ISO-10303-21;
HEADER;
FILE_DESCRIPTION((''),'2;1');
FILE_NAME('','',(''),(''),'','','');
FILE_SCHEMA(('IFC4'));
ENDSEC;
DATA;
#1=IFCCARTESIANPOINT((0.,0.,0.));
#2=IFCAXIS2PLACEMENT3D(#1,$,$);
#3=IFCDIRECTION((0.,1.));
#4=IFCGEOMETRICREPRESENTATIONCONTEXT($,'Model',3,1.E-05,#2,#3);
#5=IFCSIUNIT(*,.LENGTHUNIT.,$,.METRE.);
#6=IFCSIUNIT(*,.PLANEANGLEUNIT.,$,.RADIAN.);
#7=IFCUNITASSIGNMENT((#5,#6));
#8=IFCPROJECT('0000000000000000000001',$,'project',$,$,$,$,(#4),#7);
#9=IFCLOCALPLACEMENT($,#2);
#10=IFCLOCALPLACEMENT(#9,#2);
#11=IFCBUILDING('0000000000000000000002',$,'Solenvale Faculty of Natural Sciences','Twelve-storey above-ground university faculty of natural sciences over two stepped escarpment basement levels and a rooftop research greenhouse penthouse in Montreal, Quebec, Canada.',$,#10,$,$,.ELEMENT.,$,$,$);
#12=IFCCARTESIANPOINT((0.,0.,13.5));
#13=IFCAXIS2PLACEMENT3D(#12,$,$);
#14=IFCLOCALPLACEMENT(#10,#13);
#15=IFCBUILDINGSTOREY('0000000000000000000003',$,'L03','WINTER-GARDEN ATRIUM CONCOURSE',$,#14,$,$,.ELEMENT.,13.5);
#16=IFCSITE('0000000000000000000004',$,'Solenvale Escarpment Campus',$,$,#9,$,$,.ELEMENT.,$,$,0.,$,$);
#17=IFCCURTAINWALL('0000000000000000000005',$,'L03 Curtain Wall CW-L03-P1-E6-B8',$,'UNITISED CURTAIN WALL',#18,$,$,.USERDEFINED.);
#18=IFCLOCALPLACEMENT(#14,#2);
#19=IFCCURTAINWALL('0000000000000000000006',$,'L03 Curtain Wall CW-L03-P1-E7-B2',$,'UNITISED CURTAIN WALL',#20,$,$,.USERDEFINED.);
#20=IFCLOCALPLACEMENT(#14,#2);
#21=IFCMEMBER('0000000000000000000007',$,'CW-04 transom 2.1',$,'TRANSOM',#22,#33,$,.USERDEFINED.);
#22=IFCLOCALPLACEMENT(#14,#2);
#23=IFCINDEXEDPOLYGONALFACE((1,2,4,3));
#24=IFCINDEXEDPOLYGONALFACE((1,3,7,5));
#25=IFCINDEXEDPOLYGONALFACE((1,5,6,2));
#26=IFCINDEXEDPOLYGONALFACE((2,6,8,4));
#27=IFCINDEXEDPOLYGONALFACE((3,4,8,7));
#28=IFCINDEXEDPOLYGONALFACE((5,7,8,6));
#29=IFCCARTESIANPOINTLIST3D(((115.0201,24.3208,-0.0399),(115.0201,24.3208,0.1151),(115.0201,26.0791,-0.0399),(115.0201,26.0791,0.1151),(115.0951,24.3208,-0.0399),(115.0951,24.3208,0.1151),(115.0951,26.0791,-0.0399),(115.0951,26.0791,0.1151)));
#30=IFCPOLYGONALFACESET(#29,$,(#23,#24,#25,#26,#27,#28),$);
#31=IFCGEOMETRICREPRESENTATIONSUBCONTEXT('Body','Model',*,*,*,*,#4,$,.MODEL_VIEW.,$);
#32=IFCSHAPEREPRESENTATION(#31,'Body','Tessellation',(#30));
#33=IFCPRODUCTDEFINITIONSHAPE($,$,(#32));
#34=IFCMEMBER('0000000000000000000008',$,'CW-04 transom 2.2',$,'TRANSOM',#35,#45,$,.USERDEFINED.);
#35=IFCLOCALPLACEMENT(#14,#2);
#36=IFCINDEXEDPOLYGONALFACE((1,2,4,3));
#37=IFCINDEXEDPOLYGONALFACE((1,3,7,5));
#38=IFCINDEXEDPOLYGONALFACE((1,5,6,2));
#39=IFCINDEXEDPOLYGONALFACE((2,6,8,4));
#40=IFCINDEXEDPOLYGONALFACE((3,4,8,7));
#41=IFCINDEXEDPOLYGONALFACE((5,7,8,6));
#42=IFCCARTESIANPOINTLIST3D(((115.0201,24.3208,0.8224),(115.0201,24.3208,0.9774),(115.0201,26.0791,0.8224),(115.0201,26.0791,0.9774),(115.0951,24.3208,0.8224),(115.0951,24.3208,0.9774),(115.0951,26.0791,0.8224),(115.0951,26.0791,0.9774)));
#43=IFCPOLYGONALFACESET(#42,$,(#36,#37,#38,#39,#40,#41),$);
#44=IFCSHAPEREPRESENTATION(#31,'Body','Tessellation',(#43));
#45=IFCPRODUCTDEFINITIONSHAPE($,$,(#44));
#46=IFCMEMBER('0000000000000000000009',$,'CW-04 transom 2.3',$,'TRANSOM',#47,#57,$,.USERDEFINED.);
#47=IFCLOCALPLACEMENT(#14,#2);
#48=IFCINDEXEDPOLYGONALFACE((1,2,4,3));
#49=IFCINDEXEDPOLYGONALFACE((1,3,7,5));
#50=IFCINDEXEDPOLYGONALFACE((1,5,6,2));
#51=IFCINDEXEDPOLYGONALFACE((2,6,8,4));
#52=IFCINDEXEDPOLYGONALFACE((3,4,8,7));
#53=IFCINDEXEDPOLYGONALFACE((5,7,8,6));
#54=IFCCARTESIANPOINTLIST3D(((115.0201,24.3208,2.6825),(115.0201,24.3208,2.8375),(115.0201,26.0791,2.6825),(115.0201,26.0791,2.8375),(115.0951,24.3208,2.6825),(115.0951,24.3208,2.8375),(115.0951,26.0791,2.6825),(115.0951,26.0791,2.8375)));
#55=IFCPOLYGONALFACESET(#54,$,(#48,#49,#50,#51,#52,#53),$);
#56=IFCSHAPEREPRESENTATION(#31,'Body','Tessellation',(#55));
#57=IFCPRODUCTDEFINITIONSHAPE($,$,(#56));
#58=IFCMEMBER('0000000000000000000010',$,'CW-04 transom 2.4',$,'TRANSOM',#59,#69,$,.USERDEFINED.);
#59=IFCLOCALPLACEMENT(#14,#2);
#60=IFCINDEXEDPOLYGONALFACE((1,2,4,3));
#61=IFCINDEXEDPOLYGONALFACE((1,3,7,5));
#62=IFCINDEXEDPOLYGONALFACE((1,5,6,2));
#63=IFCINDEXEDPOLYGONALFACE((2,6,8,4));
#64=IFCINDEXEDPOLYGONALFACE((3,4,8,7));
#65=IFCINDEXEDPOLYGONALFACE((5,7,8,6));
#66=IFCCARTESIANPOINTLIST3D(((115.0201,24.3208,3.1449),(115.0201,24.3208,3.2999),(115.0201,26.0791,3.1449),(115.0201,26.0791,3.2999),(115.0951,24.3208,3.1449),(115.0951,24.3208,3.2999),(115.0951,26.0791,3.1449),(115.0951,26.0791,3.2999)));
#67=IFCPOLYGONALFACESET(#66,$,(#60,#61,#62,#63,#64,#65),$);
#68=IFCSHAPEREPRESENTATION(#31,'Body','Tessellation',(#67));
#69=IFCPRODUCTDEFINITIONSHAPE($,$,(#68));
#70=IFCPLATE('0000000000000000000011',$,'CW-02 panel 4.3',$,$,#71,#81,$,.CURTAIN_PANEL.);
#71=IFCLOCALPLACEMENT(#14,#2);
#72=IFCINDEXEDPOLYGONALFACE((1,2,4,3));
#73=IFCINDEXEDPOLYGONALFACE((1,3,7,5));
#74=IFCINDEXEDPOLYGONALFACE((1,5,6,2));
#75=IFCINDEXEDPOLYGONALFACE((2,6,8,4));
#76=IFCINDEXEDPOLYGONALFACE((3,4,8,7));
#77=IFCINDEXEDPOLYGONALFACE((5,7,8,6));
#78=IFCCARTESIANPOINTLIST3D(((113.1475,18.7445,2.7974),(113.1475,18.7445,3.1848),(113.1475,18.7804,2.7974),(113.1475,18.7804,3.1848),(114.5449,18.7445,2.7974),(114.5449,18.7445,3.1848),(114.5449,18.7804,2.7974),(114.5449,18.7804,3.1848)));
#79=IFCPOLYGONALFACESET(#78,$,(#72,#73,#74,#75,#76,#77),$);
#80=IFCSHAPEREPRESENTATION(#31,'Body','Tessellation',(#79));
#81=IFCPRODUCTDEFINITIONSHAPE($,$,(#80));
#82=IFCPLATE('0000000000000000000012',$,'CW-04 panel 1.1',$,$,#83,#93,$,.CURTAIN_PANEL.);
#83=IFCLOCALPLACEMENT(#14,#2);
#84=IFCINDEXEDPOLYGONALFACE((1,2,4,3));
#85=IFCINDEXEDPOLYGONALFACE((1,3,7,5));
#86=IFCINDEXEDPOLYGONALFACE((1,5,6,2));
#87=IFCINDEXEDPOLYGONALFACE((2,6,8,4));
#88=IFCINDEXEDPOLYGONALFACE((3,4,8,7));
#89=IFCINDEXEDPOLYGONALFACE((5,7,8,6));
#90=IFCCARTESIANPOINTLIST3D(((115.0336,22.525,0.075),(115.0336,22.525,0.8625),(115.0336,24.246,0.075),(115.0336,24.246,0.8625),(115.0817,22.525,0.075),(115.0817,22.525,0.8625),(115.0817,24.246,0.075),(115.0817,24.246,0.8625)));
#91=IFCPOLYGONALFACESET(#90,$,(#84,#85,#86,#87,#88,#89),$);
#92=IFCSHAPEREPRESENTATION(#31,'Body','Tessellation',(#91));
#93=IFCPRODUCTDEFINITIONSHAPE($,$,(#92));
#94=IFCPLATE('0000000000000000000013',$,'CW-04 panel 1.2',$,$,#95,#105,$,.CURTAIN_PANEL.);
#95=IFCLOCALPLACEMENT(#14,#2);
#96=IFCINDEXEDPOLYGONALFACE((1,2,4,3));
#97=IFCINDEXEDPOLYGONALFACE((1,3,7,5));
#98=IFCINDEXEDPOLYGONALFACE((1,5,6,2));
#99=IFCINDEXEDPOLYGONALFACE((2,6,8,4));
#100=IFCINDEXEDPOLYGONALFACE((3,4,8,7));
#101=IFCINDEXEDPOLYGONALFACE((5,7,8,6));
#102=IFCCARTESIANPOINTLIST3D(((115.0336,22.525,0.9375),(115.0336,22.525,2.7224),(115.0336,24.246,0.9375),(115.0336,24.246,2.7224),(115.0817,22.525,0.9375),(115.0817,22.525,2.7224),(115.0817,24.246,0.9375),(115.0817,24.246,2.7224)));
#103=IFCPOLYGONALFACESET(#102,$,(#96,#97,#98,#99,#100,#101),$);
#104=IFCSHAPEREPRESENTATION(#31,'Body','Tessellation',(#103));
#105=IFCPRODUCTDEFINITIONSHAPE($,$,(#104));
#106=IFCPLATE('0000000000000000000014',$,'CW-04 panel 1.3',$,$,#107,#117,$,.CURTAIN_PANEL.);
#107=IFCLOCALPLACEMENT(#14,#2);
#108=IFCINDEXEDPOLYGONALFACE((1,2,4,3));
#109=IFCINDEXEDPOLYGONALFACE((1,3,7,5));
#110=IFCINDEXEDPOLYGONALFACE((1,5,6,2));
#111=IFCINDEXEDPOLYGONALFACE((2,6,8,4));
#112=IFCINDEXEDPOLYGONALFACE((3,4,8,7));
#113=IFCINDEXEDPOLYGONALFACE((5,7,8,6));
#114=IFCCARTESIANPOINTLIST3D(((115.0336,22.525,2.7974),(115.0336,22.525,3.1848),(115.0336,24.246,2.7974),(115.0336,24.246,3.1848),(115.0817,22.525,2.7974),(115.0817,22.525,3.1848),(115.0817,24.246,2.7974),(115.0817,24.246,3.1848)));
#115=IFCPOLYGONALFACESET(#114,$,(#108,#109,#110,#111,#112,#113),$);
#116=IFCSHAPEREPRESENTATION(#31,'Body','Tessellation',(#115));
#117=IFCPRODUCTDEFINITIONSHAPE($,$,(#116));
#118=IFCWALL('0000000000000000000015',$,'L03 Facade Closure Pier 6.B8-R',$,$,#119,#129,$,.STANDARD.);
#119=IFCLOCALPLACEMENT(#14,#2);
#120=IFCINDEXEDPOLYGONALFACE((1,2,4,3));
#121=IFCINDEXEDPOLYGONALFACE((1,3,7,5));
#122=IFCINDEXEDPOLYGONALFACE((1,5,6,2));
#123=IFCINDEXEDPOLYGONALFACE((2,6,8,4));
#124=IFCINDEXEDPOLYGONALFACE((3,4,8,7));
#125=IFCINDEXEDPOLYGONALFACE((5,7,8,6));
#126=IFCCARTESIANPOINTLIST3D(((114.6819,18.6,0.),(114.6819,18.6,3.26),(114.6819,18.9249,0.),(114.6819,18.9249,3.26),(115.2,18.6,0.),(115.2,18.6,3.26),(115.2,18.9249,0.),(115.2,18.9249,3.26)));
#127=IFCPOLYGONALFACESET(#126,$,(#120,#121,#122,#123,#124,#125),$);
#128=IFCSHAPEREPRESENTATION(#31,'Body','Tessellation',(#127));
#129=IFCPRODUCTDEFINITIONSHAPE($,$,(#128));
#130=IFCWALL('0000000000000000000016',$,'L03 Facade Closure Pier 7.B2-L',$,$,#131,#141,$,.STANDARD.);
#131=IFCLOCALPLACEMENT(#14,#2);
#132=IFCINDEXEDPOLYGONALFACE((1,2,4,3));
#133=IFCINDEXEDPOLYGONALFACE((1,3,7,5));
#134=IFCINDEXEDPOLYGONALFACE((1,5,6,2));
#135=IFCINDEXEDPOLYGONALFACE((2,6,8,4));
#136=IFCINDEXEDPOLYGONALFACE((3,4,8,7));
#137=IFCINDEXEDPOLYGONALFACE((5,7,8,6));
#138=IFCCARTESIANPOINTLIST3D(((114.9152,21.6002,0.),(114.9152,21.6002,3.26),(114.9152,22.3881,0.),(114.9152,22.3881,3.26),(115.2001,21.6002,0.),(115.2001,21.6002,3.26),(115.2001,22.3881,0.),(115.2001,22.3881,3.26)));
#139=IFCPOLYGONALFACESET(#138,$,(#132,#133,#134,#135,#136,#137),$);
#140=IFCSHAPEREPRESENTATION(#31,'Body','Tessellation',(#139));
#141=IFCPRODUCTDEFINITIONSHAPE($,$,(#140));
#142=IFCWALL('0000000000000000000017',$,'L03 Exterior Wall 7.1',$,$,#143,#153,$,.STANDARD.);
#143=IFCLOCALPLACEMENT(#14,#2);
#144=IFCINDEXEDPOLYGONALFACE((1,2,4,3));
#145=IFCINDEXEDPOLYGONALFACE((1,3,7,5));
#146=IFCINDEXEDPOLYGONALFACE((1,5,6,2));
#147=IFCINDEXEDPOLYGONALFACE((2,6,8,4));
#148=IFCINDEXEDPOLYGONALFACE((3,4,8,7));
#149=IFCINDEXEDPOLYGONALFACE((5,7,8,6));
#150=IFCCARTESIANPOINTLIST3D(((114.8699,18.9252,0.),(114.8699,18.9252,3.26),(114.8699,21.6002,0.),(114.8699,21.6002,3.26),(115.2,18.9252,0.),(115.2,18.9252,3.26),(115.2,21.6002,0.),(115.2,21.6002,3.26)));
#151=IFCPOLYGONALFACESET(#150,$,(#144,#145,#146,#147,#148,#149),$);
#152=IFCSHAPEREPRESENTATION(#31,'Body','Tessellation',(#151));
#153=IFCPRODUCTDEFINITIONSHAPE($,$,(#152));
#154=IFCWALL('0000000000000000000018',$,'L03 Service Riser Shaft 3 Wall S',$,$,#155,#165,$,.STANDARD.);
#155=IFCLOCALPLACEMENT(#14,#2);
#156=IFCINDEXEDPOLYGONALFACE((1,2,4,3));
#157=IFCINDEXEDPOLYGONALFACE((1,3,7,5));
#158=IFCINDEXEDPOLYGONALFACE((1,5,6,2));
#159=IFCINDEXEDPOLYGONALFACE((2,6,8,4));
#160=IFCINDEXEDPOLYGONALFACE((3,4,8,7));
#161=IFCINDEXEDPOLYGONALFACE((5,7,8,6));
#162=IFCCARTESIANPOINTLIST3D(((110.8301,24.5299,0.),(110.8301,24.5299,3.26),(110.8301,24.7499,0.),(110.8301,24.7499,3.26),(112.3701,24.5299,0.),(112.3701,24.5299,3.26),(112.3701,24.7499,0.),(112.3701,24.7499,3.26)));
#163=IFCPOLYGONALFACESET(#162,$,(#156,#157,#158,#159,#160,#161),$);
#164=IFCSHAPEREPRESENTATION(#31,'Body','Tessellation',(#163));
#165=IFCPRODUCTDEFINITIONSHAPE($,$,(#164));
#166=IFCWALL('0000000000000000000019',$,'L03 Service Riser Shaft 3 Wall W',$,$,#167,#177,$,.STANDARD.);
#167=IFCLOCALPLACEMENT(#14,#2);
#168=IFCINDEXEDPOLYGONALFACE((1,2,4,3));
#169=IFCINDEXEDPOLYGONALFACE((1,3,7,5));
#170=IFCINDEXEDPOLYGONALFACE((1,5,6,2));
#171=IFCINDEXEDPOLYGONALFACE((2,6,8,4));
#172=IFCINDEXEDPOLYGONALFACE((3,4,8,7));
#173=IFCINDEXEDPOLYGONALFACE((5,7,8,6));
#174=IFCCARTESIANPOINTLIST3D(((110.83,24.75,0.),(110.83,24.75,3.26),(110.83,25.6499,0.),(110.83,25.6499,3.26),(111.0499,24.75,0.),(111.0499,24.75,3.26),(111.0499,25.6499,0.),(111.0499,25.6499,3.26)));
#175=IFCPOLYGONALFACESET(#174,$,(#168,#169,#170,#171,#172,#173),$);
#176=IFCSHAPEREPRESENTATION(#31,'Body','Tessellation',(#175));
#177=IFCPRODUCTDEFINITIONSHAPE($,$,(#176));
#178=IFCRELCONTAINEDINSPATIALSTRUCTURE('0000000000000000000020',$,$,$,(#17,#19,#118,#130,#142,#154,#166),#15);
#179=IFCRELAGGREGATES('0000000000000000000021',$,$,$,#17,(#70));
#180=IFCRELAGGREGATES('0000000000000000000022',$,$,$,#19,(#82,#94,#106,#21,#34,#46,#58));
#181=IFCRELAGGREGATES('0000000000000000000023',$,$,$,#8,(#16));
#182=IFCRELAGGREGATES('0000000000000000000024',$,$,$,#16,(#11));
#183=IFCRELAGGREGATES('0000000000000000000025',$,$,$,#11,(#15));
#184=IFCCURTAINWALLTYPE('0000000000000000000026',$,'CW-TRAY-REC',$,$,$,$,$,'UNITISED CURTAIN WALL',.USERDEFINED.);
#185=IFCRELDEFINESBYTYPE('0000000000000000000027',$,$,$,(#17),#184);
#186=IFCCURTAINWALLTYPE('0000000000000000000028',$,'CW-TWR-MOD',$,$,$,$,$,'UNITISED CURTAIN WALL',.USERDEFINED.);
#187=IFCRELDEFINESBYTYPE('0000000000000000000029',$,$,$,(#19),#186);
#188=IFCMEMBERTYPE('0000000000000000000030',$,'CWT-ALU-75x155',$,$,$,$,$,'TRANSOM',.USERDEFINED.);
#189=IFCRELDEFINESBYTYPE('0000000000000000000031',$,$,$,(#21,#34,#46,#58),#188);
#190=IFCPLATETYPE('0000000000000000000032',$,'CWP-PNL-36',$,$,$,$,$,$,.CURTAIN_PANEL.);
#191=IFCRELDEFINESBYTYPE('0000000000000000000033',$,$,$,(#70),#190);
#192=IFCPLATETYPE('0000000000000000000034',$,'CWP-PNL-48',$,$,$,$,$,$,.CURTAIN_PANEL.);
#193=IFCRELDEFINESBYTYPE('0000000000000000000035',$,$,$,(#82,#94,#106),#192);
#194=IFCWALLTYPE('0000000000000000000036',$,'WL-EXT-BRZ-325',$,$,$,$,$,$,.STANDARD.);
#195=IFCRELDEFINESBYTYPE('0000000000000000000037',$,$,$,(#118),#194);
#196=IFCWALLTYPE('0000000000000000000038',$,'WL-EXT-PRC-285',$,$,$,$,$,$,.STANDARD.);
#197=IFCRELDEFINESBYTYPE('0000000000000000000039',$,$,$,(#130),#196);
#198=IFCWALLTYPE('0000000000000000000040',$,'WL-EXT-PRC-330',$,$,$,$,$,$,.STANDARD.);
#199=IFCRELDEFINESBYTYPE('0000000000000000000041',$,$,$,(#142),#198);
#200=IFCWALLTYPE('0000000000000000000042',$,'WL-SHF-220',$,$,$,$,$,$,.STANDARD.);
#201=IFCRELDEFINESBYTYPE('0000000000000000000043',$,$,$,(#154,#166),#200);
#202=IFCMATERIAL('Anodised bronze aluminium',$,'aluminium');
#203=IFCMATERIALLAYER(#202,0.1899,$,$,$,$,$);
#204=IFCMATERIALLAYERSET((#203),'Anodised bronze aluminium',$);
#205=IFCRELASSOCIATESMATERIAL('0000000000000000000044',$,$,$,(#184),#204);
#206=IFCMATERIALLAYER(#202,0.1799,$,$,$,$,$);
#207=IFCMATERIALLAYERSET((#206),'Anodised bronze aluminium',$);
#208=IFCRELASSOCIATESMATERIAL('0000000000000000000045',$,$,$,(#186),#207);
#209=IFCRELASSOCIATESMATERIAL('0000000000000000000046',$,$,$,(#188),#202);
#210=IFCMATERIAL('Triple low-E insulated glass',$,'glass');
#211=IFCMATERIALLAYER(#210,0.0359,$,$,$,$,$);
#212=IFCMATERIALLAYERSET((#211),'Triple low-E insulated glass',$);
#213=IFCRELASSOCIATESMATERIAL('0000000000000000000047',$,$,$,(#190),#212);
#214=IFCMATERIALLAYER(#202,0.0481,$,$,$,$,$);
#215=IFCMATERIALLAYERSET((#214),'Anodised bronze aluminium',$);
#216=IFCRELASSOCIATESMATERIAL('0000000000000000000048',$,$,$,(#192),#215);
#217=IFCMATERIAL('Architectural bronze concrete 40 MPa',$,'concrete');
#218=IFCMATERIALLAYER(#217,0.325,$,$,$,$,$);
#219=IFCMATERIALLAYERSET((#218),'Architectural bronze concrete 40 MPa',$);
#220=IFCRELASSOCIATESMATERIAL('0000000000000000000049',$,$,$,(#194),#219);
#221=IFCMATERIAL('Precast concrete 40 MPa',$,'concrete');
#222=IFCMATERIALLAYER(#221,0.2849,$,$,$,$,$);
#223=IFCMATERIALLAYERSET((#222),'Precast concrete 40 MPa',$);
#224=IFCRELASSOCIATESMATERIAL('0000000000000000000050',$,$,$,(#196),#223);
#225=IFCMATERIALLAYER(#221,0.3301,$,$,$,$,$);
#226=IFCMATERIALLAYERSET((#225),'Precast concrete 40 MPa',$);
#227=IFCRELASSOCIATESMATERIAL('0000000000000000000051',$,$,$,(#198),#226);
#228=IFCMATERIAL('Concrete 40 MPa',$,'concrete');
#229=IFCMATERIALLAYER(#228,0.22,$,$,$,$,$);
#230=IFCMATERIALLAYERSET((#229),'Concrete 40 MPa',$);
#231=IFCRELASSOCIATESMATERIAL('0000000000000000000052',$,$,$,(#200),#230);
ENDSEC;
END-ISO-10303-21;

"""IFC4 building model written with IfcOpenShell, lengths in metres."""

from ifc_helpers import new_model, si_unit, direction, frame, frame_2d, origin, origin_2d, place, context, subcontext, project, spatial, rectangle, extrude, material, layer, layer_set, material_profile, profile_set, type_object, element, aggregate, save


model = new_model("IFC4")

# Units and contexts
model_context = context("Model", 3, precision=1e-05, world=origin(), true_north=direction((0.0, 1.0)))
body_context = subcontext(model_context, "Body", "Model", "MODEL_VIEW")
ifc_project = project(units=[si_unit("LENGTHUNIT", "METRE"), si_unit("PLANEANGLEUNIT", "RADIAN")], contexts=[model_context])

# Site, building, storey
site_placement = place(None, origin())
site = spatial("IfcSite", under=ifc_project, at=site_placement, Name="Solenvale Escarpment Campus", CompositionType="ELEMENT", RefElevation=0.0)
building_placement = place(site_placement, origin())
building = spatial("IfcBuilding", under=site, at=building_placement, Name="Solenvale Faculty of Natural Sciences", Description="Twelve-storey above-ground university faculty of natural sciences over two stepped escarpment basement levels and a rooftop research greenhouse penthouse in Montreal, Quebec, Canada.", CompositionType="ELEMENT")
storey_placement = place(building_placement, frame((0.0, 0.0, 13.5)))
storey = spatial("IfcBuildingStorey", under=building, at=storey_placement, Name="L03", Description="WINTER-GARDEN ATRIUM CONCOURSE", CompositionType="ELEMENT", Elevation=13.5)

# Shared definitions
ifc_material_1 = material(Name="Concrete 40 MPa", Category="concrete")

# Curtain wall
ifc_material_2 = material(Name="Anodised bronze aluminium", Category="aluminium")
ifc_layer_1 = layer(ifc_material_2, 0.1899)
ifc_layer_set_1 = layer_set([ifc_layer_1], Name="Anodised bronze aluminium")
curtain_wall_type_1 = type_object("IfcCurtainWallType", Name="CW-TRAY-REC", ElementType="UNITISED CURTAIN WALL", PredefinedType="USERDEFINED", material=ifc_layer_set_1)
curtain_wall_1_placement = place(storey_placement, origin())
curtain_wall_1 = element("IfcCurtainWall", 1, at=curtain_wall_1_placement, inside=storey, type_object=curtain_wall_type_1, Name="L03 Curtain Wall CW-L03-P1-E6-B8", ObjectType="UNITISED CURTAIN WALL", PredefinedType="USERDEFINED")

# Curtain wall, members
ifc_layer_2 = layer(ifc_material_2, 0.1799)
ifc_layer_set_2 = layer_set([ifc_layer_2], Name="Anodised bronze aluminium")
curtain_wall_type_2 = type_object("IfcCurtainWallType", Name="CW-TWR-MOD", ElementType="UNITISED CURTAIN WALL", PredefinedType="USERDEFINED", material=ifc_layer_set_2)
curtain_wall_2_placement = place(storey_placement, origin())
curtain_wall_2 = element("IfcCurtainWall", 2, at=curtain_wall_2_placement, inside=storey, type_object=curtain_wall_type_2, Name="L03 Curtain Wall CW-L03-P1-E7-B2", ObjectType="UNITISED CURTAIN WALL", PredefinedType="USERDEFINED")
ifc_material_profile_1 = material_profile(ifc_material_2, rectangle(XDim=0.075, YDim=0.155, at=origin_2d()), Name="ALU-TRN-75x155")
ifc_profile_set_1 = profile_set([ifc_material_profile_1], Name="Anodised bronze aluminium")
member_type_1 = type_object("IfcMemberType", Name="CWT-ALU-75x155", ElementType="TRANSOM", PredefinedType="USERDEFINED", material=ifc_profile_set_1)
member_1_placement = place(storey_placement, frame((115.0576, 24.3208, 0.0376), z_axis=(0.0, 1.0, 0.0), x_axis=(-1.0, 0.0, 0.0)))
member_1 = element("IfcMember", 3, at=member_1_placement, type_object=member_type_1, Name="CW-04 transom 2.1", ObjectType="TRANSOM", PredefinedType="USERDEFINED", context=body_context, shape_type="SweptSolid", body=[
    extrude(rectangle(XDim=0.075, YDim=0.155, at=origin_2d()), origin(), (0.0, 0.0, 1.0), 1.7583),
])
member_2_placement = place(storey_placement, frame((115.0576, 24.3208, 0.8999), z_axis=(0.0, 1.0, 0.0), x_axis=(-1.0, 0.0, 0.0)))
member_2 = element("IfcMember", 4, at=member_2_placement, type_object=member_type_1, Name="CW-04 transom 2.2", ObjectType="TRANSOM", PredefinedType="USERDEFINED", context=body_context, shape_type="SweptSolid", body=[
    extrude(rectangle(XDim=0.075, YDim=0.155, at=origin_2d()), origin(), (0.0, 0.0, 1.0), 1.7583),
])
member_3_placement = place(storey_placement, frame((115.0576, 24.3208, 2.76), z_axis=(0.0, 1.0, 0.0), x_axis=(-1.0, 0.0, 0.0)))
member_3 = element("IfcMember", 5, at=member_3_placement, type_object=member_type_1, Name="CW-04 transom 2.3", ObjectType="TRANSOM", PredefinedType="USERDEFINED", context=body_context, shape_type="SweptSolid", body=[
    extrude(rectangle(XDim=0.075, YDim=0.155, at=origin_2d()), origin(), (0.0, 0.0, 1.0), 1.7583),
])
member_4_placement = place(storey_placement, frame((115.0576, 24.3208, 3.2224), z_axis=(0.0, 1.0, 0.0), x_axis=(-1.0, 0.0, 0.0)))
member_4 = element("IfcMember", 6, at=member_4_placement, type_object=member_type_1, Name="CW-04 transom 2.4", ObjectType="TRANSOM", PredefinedType="USERDEFINED", context=body_context, shape_type="SweptSolid", body=[
    extrude(rectangle(XDim=0.075, YDim=0.155, at=origin_2d()), origin(), (0.0, 0.0, 1.0), 1.7583),
])

# Plates
ifc_material_3 = material(Name="Triple low-E insulated glass", Category="glass")
ifc_layer_3 = layer(ifc_material_3, 0.0359)
ifc_layer_set_3 = layer_set([ifc_layer_3], Name="Triple low-E insulated glass")
plate_type_1 = type_object("IfcPlateType", Name="CWP-PNL-36", PredefinedType="CURTAIN_PANEL", material=ifc_layer_set_3)
plate_1_placement = place(storey_placement, frame((113.8462, 18.7625, 2.7974), z_axis=(0.0, 0.0, 1.0), x_axis=(1.0, 0.0, 0.0)))
plate_1 = element("IfcPlate", 7, at=plate_1_placement, type_object=plate_type_1, Name="CW-02 panel 4.3", PredefinedType="CURTAIN_PANEL", context=body_context, shape_type="SweptSolid", body=[
    extrude(rectangle(XDim=1.3975, YDim=0.0359, at=origin_2d()), origin(), (0.0, 0.0, 1.0), 0.3875),
])
aggregate(curtain_wall_1, [plate_1])
ifc_layer_4 = layer(ifc_material_2, 0.0481)
ifc_layer_set_4 = layer_set([ifc_layer_4], Name="Anodised bronze aluminium")
plate_type_2 = type_object("IfcPlateType", Name="CWP-PNL-48", PredefinedType="CURTAIN_PANEL", material=ifc_layer_set_4)
plate_2_placement = place(storey_placement, frame((115.0576, 23.3855, 0.075), z_axis=(0.0, 0.0, 1.0), x_axis=(0.0, 1.0, 0.0)))
plate_2 = element("IfcPlate", 8, at=plate_2_placement, type_object=plate_type_2, Name="CW-04 panel 1.1", PredefinedType="CURTAIN_PANEL", context=body_context, shape_type="SweptSolid", body=[
    extrude(rectangle(XDim=1.7209, YDim=0.0481, at=origin_2d()), origin(), (0.0, 0.0, 1.0), 0.7876),
])
plate_3_placement = place(storey_placement, frame((115.0576, 23.3855, 0.9375), z_axis=(0.0, 0.0, 1.0), x_axis=(0.0, 1.0, 0.0)))
plate_3 = element("IfcPlate", 9, at=plate_3_placement, type_object=plate_type_2, Name="CW-04 panel 1.2", PredefinedType="CURTAIN_PANEL", context=body_context, shape_type="SweptSolid", body=[
    extrude(rectangle(XDim=1.7209, YDim=0.0481, at=origin_2d()), origin(), (0.0, 0.0, 1.0), 1.7849),
])
plate_4_placement = place(storey_placement, frame((115.0576, 23.3855, 2.7974), z_axis=(0.0, 0.0, 1.0), x_axis=(0.0, 1.0, 0.0)))
plate_4 = element("IfcPlate", 10, at=plate_4_placement, type_object=plate_type_2, Name="CW-04 panel 1.3", PredefinedType="CURTAIN_PANEL", context=body_context, shape_type="SweptSolid", body=[
    extrude(rectangle(XDim=1.7209, YDim=0.0481, at=origin_2d()), origin(), (0.0, 0.0, 1.0), 0.3875),
])
aggregate(curtain_wall_2, [plate_2, plate_3, plate_4, member_1, member_2, member_3, member_4])

# Walls
ifc_material_4 = material(Name="Architectural bronze concrete 40 MPa", Category="concrete")
ifc_layer_5 = layer(ifc_material_4, 0.325)
ifc_layer_set_5 = layer_set([ifc_layer_5], Name="Architectural bronze concrete 40 MPa")
wall_type_1 = type_object("IfcWallType", Name="WL-EXT-BRZ-325", PredefinedType="STANDARD", material=ifc_layer_set_5)
wall_1_placement = place(storey_placement, frame((114.6819, 18.7625, 0.0), z_axis=(0.0, 0.0, 1.0), x_axis=(1.0, 0.0, 0.0)))
element("IfcWall", 11, at=wall_1_placement, inside=storey, type_object=wall_type_1, Name="L03 Facade Closure Pier 6.B8-R", PredefinedType="STANDARD", context=body_context, shape_type="SweptSolid", body=[
    extrude(rectangle(XDim=0.5181, YDim=0.325, at=frame_2d((0.259, 0.0))), origin(), (0.0, 0.0, 1.0), 3.26),
])
ifc_material_5 = material(Name="Precast concrete 40 MPa", Category="concrete")
ifc_layer_6 = layer(ifc_material_5, 0.2849)
ifc_layer_set_6 = layer_set([ifc_layer_6], Name="Precast concrete 40 MPa")
wall_type_2 = type_object("IfcWallType", Name="WL-EXT-PRC-285", PredefinedType="STANDARD", material=ifc_layer_set_6)
wall_2_placement = place(storey_placement, frame((115.0576, 21.6001, 0.0), z_axis=(0.0, 0.0, 1.0), x_axis=(0.0, 1.0, 0.0)))
element("IfcWall", 12, at=wall_2_placement, inside=storey, type_object=wall_type_2, Name="L03 Facade Closure Pier 7.B2-L", PredefinedType="STANDARD", context=body_context, shape_type="SweptSolid", body=[
    extrude(rectangle(XDim=0.7878, YDim=0.2849, at=frame_2d((0.394, 0.0))), origin(), (0.0, 0.0, 1.0), 3.26),
])
ifc_layer_7 = layer(ifc_material_5, 0.3301)
ifc_layer_set_7 = layer_set([ifc_layer_7], Name="Precast concrete 40 MPa")
wall_type_3 = type_object("IfcWallType", Name="WL-EXT-PRC-330", PredefinedType="STANDARD", material=ifc_layer_set_7)
wall_3_placement = place(storey_placement, frame((115.0349, 21.6001, 0.0), z_axis=(0.0, 0.0, 1.0), x_axis=(0.0, -1.0, 0.0)))
element("IfcWall", 13, at=wall_3_placement, inside=storey, type_object=wall_type_3, Name="L03 Exterior Wall 7.1", PredefinedType="STANDARD", context=body_context, shape_type="SweptSolid", body=[
    extrude(rectangle(XDim=2.675, YDim=0.3301, at=frame_2d((1.3374, 0.0))), origin(), (0.0, 0.0, 1.0), 3.26),
])
ifc_layer_8 = layer(ifc_material_1, 0.22)
ifc_layer_set_8 = layer_set([ifc_layer_8], Name="Concrete 40 MPa")
wall_type_4 = type_object("IfcWallType", Name="WL-SHF-220", PredefinedType="STANDARD", material=ifc_layer_set_8)
wall_4_placement = place(storey_placement, frame((110.8301, 24.6399, 0.0), z_axis=(0.0, 0.0, 1.0), x_axis=(1.0, 0.0, 0.0)))
element("IfcWall", 14, at=wall_4_placement, inside=storey, type_object=wall_type_4, Name="L03 Service Riser Shaft 3 Wall S", PredefinedType="STANDARD", context=body_context, shape_type="SweptSolid", body=[
    extrude(rectangle(XDim=1.54, YDim=0.22, at=frame_2d((0.77, 0.0))), origin(), (0.0, 0.0, 1.0), 3.26),
])
wall_5_placement = place(storey_placement, frame((110.9399, 24.75, 0.0), z_axis=(0.0, 0.0, 1.0), x_axis=(0.0, 1.0, 0.0)))
element("IfcWall", 15, at=wall_5_placement, inside=storey, type_object=wall_type_4, Name="L03 Service Riser Shaft 3 Wall W", PredefinedType="STANDARD", context=body_context, shape_type="SweptSolid", body=[
    extrude(rectangle(XDim=0.8999, YDim=0.22, at=frame_2d((0.45, 0.0))), origin(), (0.0, 0.0, 1.0), 3.26),
])

save(model, "model.ifc")
